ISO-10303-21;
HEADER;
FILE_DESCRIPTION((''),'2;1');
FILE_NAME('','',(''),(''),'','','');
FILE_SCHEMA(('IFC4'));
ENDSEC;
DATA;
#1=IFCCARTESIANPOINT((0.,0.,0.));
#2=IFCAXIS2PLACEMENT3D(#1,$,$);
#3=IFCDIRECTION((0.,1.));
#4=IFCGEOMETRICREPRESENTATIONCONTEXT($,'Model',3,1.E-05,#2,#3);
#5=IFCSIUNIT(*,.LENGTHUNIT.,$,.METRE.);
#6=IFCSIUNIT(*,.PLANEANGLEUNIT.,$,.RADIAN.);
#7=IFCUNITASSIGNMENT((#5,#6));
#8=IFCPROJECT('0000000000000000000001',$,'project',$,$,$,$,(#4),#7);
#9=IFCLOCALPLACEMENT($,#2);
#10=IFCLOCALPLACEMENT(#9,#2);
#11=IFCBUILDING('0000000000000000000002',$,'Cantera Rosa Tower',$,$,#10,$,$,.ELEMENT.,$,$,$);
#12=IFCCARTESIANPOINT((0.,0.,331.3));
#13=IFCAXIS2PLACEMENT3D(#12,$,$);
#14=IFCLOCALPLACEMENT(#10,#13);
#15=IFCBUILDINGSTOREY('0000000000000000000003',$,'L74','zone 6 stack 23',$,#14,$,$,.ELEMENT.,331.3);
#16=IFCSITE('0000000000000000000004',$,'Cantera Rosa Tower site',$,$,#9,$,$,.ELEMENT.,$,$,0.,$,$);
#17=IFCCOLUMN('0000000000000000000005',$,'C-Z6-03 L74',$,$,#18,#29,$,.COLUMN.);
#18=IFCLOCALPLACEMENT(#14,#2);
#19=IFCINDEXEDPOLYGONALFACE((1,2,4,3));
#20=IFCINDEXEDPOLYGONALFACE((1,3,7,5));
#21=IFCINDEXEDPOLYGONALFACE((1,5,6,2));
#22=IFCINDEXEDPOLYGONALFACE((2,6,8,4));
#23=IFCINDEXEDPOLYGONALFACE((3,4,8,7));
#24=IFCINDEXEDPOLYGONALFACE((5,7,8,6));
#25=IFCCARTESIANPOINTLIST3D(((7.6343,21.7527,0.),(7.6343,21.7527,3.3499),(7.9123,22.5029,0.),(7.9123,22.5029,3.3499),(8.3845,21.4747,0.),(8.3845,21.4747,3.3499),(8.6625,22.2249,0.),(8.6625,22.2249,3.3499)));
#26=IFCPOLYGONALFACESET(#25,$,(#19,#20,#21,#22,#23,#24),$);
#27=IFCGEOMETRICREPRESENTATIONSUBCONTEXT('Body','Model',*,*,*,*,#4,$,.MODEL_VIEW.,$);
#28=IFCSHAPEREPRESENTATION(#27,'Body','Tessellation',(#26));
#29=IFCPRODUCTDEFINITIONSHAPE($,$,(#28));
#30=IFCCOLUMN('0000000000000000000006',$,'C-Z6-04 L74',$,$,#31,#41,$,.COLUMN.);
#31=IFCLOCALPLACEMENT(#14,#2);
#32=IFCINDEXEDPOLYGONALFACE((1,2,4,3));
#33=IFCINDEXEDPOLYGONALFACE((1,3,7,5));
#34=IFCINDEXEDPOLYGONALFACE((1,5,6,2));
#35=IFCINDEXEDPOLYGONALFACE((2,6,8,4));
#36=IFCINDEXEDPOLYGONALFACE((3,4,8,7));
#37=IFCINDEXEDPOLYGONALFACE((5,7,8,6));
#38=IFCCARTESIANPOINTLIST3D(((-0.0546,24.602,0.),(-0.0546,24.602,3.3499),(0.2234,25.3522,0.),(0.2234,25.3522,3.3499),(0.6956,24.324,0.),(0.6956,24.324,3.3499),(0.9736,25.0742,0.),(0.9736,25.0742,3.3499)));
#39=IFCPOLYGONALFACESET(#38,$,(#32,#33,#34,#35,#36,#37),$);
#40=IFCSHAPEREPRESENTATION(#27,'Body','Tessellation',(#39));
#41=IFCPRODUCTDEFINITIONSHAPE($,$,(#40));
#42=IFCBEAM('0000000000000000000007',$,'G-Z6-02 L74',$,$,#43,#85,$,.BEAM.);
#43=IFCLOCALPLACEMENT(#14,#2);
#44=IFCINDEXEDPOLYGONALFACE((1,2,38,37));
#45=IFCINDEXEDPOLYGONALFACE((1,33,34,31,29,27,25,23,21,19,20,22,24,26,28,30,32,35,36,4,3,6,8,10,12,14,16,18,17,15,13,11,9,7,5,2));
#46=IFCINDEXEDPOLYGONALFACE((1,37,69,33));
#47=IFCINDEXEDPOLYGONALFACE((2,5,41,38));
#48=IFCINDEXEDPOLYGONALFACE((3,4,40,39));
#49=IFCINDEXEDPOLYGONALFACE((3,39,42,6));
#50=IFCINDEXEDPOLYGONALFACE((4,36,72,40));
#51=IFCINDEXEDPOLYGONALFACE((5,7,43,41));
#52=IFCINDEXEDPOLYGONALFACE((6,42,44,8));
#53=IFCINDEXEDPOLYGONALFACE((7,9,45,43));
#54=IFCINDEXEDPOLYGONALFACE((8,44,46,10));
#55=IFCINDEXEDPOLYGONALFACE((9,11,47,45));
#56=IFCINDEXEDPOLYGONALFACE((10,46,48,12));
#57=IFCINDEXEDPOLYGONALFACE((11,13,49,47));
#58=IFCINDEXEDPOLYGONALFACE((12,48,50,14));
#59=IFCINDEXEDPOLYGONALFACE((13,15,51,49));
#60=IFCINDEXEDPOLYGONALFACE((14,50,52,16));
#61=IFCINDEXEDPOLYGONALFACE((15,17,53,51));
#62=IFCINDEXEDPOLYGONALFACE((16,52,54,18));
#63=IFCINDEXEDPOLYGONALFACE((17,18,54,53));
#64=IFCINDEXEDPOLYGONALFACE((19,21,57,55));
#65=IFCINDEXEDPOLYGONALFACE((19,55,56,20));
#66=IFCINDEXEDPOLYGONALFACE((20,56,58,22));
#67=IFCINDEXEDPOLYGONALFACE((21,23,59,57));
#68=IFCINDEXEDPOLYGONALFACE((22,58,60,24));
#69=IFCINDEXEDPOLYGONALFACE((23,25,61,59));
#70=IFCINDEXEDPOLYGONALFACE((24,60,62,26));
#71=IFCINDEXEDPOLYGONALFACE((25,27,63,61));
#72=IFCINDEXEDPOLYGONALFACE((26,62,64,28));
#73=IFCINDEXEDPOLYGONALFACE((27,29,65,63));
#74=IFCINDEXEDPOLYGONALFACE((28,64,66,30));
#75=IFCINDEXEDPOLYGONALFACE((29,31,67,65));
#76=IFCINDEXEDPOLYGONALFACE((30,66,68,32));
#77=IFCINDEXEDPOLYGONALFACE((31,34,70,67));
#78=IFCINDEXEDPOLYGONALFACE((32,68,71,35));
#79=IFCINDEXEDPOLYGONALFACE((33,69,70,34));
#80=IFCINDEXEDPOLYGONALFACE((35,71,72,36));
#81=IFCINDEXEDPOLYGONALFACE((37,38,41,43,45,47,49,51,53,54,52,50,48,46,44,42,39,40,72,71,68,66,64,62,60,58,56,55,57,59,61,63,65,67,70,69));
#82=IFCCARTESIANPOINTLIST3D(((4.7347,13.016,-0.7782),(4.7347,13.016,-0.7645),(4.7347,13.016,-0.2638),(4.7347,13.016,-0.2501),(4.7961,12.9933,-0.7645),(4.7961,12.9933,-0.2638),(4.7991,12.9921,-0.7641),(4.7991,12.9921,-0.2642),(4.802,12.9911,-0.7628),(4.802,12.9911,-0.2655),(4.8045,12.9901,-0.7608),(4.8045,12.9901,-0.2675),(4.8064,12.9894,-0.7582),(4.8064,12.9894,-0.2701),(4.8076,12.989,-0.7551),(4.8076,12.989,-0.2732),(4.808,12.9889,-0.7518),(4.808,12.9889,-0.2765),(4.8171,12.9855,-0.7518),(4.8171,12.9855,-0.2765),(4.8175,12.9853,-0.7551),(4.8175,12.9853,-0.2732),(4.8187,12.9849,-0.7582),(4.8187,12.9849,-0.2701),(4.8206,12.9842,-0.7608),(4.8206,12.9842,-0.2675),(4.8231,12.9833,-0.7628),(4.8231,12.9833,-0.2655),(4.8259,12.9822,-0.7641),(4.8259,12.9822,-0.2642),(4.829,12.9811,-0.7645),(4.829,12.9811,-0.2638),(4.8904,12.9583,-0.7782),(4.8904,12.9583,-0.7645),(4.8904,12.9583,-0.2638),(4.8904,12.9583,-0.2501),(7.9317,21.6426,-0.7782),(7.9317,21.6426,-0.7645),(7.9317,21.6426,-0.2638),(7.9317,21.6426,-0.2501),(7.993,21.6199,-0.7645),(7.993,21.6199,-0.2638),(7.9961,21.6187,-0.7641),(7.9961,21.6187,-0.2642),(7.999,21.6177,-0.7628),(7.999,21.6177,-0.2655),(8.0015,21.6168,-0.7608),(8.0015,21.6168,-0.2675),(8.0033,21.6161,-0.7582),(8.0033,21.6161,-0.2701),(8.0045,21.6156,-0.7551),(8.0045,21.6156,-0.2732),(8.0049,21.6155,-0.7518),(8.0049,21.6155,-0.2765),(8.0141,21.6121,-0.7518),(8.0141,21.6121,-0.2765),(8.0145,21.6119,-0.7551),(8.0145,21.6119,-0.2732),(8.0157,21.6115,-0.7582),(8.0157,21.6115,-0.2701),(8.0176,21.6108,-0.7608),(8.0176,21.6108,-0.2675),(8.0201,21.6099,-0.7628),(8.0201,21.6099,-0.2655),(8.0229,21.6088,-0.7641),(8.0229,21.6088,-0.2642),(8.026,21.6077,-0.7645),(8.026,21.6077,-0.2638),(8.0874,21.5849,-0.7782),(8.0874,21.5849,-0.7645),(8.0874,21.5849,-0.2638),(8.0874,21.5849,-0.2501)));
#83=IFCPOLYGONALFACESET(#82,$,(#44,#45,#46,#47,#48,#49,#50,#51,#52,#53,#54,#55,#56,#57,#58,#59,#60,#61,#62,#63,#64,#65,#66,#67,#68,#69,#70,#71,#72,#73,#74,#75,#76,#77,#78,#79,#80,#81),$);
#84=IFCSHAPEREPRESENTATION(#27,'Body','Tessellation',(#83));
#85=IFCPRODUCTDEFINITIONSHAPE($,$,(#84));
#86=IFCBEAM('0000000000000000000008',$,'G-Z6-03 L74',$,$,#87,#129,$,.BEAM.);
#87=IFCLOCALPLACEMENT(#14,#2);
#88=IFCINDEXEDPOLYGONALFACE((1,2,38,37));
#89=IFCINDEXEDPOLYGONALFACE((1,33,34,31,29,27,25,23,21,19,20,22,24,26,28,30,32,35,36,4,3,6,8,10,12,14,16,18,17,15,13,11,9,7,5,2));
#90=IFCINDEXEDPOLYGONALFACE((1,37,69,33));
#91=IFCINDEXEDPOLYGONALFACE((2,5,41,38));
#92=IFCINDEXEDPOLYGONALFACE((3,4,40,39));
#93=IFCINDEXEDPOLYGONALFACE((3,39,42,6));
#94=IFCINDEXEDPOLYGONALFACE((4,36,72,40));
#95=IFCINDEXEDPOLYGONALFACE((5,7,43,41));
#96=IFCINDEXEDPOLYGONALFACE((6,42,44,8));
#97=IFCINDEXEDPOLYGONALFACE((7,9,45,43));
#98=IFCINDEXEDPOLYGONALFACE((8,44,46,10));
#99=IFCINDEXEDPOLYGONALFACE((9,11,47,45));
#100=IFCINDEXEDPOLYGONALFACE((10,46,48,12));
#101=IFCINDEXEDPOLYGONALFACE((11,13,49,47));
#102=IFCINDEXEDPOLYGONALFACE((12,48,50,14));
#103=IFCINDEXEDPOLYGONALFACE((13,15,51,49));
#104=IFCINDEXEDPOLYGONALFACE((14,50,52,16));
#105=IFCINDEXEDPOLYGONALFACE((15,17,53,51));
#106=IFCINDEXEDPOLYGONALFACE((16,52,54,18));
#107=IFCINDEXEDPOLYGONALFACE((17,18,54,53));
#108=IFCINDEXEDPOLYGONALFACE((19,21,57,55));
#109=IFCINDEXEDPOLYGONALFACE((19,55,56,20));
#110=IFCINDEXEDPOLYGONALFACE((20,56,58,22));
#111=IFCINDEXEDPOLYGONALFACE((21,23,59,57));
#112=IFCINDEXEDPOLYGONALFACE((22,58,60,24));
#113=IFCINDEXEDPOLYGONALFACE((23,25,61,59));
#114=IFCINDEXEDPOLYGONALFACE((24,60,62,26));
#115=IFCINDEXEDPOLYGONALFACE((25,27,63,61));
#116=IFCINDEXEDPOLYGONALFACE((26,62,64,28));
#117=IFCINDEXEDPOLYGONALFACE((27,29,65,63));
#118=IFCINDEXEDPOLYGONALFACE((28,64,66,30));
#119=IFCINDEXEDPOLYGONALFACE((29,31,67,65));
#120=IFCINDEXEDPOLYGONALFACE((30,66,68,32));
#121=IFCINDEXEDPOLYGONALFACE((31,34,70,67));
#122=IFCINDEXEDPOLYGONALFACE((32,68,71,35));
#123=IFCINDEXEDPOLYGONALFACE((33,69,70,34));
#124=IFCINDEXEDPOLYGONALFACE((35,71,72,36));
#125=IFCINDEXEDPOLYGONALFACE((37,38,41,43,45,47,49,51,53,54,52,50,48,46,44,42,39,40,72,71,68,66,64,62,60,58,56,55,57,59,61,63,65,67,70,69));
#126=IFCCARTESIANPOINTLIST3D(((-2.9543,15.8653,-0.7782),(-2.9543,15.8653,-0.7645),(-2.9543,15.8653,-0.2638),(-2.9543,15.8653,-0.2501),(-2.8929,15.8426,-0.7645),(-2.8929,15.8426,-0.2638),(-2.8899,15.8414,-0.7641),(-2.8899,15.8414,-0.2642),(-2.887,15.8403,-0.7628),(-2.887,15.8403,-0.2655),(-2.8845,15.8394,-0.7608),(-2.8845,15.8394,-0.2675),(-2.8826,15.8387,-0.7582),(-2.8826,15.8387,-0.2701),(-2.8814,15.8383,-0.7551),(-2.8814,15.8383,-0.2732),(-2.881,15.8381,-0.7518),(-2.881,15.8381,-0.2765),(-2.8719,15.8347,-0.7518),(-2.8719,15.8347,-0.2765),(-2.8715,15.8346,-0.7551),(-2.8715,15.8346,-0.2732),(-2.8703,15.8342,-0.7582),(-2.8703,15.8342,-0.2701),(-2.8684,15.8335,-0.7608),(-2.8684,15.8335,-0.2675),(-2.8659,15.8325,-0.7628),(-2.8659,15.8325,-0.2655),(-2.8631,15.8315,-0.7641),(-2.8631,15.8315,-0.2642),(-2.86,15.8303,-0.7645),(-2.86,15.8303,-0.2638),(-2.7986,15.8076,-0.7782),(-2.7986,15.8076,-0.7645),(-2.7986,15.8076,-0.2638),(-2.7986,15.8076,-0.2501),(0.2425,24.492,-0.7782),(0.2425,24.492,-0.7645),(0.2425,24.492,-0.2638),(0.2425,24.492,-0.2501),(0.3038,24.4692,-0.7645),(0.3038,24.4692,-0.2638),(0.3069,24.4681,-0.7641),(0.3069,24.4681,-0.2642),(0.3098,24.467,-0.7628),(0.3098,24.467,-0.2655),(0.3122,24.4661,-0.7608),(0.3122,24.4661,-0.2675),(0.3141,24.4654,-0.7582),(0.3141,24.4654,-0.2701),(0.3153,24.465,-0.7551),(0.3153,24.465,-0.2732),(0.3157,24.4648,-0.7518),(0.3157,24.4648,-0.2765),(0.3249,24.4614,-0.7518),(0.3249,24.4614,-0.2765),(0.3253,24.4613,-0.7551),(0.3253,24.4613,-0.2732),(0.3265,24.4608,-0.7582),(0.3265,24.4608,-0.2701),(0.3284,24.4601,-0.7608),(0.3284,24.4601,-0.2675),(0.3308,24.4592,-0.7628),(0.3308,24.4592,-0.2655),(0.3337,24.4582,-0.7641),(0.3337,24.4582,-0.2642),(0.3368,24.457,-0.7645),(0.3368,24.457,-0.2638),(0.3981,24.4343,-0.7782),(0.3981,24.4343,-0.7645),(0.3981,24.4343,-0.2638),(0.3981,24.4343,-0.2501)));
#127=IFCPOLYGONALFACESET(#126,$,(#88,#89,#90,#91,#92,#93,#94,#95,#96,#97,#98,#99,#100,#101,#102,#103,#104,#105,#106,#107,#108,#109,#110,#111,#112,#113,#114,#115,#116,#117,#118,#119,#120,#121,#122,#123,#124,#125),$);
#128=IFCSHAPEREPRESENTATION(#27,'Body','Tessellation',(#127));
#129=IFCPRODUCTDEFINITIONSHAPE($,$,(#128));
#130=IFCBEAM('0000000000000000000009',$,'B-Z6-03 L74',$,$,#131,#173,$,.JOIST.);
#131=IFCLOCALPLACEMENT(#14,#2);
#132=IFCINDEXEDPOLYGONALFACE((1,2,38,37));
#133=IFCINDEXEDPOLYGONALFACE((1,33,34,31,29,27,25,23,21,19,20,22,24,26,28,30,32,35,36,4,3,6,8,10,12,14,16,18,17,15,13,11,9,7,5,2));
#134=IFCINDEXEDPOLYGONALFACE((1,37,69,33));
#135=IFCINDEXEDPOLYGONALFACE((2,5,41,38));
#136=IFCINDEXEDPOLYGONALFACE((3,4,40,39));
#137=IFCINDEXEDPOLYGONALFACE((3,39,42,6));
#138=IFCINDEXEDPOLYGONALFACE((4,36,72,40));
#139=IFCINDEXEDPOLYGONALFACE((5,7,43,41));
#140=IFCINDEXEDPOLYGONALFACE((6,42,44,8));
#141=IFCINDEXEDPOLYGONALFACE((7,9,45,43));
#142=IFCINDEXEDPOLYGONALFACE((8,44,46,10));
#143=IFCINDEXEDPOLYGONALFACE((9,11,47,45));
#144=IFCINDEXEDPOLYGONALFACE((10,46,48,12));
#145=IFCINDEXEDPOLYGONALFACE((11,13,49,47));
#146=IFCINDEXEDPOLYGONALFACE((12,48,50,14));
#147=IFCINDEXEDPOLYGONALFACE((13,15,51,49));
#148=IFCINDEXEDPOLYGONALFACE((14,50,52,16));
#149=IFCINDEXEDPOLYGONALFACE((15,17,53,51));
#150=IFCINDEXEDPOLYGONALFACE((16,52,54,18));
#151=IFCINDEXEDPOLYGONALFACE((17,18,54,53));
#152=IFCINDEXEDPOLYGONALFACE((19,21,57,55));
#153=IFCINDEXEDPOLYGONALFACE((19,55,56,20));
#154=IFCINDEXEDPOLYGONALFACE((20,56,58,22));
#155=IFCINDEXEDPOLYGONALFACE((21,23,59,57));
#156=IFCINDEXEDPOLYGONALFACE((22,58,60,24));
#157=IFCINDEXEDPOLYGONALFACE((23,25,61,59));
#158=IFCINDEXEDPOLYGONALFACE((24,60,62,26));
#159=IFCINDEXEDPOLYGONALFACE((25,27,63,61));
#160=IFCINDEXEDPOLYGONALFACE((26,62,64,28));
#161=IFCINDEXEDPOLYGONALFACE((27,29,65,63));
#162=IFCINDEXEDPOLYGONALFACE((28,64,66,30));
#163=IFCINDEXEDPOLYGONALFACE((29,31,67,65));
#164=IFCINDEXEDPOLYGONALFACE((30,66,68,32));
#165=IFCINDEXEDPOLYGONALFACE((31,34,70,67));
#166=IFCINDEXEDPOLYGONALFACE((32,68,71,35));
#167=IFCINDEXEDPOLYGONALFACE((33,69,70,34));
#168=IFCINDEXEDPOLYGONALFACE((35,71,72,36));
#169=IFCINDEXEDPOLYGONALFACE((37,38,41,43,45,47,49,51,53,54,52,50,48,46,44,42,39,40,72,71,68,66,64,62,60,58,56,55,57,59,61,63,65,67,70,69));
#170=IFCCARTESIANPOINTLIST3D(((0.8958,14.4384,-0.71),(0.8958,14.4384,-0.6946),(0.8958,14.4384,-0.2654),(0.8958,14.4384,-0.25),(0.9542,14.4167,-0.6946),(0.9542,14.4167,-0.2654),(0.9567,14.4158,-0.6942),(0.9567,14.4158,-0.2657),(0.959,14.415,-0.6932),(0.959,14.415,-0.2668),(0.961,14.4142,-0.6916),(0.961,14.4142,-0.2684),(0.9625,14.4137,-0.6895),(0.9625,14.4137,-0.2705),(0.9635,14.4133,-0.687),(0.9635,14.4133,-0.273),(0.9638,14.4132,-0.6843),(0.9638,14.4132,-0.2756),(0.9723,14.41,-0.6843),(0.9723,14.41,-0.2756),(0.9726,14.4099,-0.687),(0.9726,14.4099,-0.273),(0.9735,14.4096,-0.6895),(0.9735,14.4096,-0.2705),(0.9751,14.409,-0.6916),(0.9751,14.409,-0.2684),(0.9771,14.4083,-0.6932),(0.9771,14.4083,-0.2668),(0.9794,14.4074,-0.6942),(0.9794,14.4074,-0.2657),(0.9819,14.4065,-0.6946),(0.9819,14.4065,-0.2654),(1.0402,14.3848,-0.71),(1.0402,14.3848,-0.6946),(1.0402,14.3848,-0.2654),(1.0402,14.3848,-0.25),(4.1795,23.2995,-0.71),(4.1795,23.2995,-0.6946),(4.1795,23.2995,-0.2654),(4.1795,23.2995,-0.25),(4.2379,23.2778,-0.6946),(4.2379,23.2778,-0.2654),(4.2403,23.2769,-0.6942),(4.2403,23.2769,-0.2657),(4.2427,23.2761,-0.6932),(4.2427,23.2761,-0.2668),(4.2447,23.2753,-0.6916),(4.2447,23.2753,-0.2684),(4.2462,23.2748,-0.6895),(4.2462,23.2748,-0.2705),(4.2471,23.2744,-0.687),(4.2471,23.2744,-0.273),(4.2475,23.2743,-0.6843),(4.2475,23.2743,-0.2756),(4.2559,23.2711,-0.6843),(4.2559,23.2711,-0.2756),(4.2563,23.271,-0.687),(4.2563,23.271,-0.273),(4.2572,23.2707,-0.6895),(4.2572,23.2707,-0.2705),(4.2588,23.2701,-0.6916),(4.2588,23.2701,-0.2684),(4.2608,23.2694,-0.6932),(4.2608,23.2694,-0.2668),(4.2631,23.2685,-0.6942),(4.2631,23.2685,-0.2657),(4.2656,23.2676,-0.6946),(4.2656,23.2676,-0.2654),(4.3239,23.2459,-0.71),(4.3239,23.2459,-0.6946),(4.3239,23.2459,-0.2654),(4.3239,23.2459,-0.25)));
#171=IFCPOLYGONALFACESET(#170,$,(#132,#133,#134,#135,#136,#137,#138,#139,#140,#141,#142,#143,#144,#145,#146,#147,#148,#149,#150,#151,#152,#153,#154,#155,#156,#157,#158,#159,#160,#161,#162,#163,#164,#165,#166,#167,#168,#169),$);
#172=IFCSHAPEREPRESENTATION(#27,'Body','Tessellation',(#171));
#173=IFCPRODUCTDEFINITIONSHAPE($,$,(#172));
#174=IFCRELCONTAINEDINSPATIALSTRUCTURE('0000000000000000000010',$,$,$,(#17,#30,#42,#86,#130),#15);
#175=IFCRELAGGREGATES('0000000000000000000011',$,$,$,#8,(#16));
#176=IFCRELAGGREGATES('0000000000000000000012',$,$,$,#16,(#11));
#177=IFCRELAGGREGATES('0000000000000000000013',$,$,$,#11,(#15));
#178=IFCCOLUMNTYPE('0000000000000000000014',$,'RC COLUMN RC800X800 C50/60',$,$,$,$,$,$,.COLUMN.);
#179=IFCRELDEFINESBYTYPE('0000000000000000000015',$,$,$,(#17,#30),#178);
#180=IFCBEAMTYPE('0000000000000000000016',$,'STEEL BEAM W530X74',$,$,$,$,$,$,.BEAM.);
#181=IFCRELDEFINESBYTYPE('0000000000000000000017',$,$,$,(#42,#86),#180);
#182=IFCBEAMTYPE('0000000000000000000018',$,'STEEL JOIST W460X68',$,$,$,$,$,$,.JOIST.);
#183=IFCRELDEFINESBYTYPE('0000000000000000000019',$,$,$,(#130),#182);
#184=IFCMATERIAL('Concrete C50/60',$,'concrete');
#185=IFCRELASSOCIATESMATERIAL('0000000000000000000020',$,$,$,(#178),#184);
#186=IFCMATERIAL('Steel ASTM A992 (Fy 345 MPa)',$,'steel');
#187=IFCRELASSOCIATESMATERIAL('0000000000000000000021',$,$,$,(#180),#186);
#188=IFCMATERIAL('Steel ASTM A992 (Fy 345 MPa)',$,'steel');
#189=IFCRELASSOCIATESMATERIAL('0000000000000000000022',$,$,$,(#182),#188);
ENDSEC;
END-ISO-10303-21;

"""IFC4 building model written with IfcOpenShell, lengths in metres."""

from ifc_helpers import new_model, si_unit, direction, frame, origin, origin_2d, place, context, subcontext, project, spatial, rectangle, i_section, extrude, material, material_profile, profile_set, type_object, element, save


model = new_model("IFC4")

# Units and contexts
model_context = context("Model", 3, precision=1e-05, world=origin(), true_north=direction((0.0, 1.0)))
body_context = subcontext(model_context, "Body", "Model", "MODEL_VIEW")
ifc_project = project(units=[si_unit("LENGTHUNIT", "METRE"), si_unit("PLANEANGLEUNIT", "RADIAN")], contexts=[model_context])

# Site, building, storey
site_placement = place(None, origin())
site = spatial("IfcSite", under=ifc_project, at=site_placement, Name="Cantera Rosa Tower site", CompositionType="ELEMENT", RefElevation=0.0)
building_placement = place(site_placement, origin())
building = spatial("IfcBuilding", under=site, at=building_placement, Name="Cantera Rosa Tower", CompositionType="ELEMENT")
storey_placement = place(building_placement, frame((0.0, 0.0, 331.3)))
storey = spatial("IfcBuildingStorey", under=building, at=storey_placement, Name="L74", Description="zone 6 stack 23", CompositionType="ELEMENT", Elevation=331.3)

# Columns
ifc_material_1 = material(Name="Concrete C50/60", Category="concrete")
ifc_material_profile_1 = material_profile(ifc_material_1, rectangle(XDim=0.8, YDim=0.8, at=origin_2d()), Name="RC COLUMN RC800X800 C50/60")
ifc_profile_set_1 = profile_set([ifc_material_profile_1], Name="Concrete C50/60")
column_type = type_object("IfcColumnType", Name="RC COLUMN RC800X800 C50/60", PredefinedType="COLUMN", material=ifc_profile_set_1)
for number, where, z_axis, x_axis, name in (
    (1, (8.1484, 21.9888, 0.0), (0.0, 0.0, 1.0), (0.347481, 0.937687, 0.0), "C-Z6-03 L74"),
    (2, (0.4595, 24.8381, 0.0), (0.0, 0.0, 1.0), (0.347481, 0.937687, 0.0), "C-Z6-04 L74"),
):
    element("IfcColumn", number, at=place(storey_placement, frame(where, z_axis=z_axis, x_axis=x_axis)), inside=storey, type_object=column_type, Name=name, PredefinedType="COLUMN", context=body_context, shape_type="SweptSolid", body=[
        extrude(rectangle(XDim=0.8, YDim=0.8, at=origin_2d()), origin(), (0.0, 0.0, 1.0), 3.3499),
    ])

# Beams
ifc_material_2 = material(Name="Steel ASTM A992 (Fy 345 MPa)", Category="steel")
ifc_material_profile_2 = material_profile(ifc_material_2, i_section(OverallWidth=0.166, OverallDepth=0.5281, WebThickness=0.0098, FlangeThickness=0.0137, FilletRadius=0.0127, at=origin_2d()), Name="W530X74")
ifc_profile_set_2 = profile_set([ifc_material_profile_2], Name="Steel ASTM A992 (Fy 345 MPa)")
beam_type_1 = type_object("IfcBeamType", Name="STEEL BEAM W530X74", PredefinedType="BEAM", material=ifc_profile_set_2)
for number, where, z_axis, x_axis, name in (
    (3, (8.0095, 21.6138, -0.5142), (-0.3475, -0.93768, 0.0), (0.93768, -0.3475, 0.0), "G-Z6-02 L74"),
    (4, (0.3203, 24.4631, -0.5142), (-0.347477, -0.937689, 0.0), (0.937689, -0.347477, 0.0), "G-Z6-03 L74"),
):
    element("IfcBeam", number, at=place(storey_placement, frame(where, z_axis=z_axis, x_axis=x_axis)), inside=storey, type_object=beam_type_1, Name=name, PredefinedType="BEAM", context=body_context, shape_type="SweptSolid", body=[
        extrude(i_section(OverallWidth=0.166, OverallDepth=0.5281, WebThickness=0.0098, FlangeThickness=0.0137, FilletRadius=0.0127, at=origin_2d()), origin(), (0.0, 0.0, 1.0), 9.2),
    ])
ifc_material_3 = material(Name="Steel ASTM A992 (Fy 345 MPa)", Category="steel")
ifc_material_profile_3 = material_profile(ifc_material_3, i_section(OverallWidth=0.1541, OverallDepth=0.46, WebThickness=0.009, FlangeThickness=0.0154, FilletRadius=0.0103, at=origin_2d()), Name="W460X68")
ifc_profile_set_3 = profile_set([ifc_material_profile_3], Name="Steel ASTM A992 (Fy 345 MPa)")
beam_type_2 = type_object("IfcBeamType", Name="STEEL JOIST W460X68", PredefinedType="JOIST", material=ifc_profile_set_3)
beam_1_placement = place(storey_placement, frame((4.2517, 23.2727, -0.48), z_axis=(-0.347483, -0.937686, 0.0), x_axis=(0.937686, -0.347483, 0.0)))
element("IfcBeam", 5, at=beam_1_placement, inside=storey, type_object=beam_type_2, Name="B-Z6-03 L74", PredefinedType="JOIST", context=body_context, shape_type="SweptSolid", body=[
    extrude(i_section(OverallWidth=0.1541, OverallDepth=0.46, WebThickness=0.009, FlangeThickness=0.0154, FilletRadius=0.0103, at=origin_2d()), origin(), (0.0, 0.0, 1.0), 9.45),
])

save(model, "model.ifc")
